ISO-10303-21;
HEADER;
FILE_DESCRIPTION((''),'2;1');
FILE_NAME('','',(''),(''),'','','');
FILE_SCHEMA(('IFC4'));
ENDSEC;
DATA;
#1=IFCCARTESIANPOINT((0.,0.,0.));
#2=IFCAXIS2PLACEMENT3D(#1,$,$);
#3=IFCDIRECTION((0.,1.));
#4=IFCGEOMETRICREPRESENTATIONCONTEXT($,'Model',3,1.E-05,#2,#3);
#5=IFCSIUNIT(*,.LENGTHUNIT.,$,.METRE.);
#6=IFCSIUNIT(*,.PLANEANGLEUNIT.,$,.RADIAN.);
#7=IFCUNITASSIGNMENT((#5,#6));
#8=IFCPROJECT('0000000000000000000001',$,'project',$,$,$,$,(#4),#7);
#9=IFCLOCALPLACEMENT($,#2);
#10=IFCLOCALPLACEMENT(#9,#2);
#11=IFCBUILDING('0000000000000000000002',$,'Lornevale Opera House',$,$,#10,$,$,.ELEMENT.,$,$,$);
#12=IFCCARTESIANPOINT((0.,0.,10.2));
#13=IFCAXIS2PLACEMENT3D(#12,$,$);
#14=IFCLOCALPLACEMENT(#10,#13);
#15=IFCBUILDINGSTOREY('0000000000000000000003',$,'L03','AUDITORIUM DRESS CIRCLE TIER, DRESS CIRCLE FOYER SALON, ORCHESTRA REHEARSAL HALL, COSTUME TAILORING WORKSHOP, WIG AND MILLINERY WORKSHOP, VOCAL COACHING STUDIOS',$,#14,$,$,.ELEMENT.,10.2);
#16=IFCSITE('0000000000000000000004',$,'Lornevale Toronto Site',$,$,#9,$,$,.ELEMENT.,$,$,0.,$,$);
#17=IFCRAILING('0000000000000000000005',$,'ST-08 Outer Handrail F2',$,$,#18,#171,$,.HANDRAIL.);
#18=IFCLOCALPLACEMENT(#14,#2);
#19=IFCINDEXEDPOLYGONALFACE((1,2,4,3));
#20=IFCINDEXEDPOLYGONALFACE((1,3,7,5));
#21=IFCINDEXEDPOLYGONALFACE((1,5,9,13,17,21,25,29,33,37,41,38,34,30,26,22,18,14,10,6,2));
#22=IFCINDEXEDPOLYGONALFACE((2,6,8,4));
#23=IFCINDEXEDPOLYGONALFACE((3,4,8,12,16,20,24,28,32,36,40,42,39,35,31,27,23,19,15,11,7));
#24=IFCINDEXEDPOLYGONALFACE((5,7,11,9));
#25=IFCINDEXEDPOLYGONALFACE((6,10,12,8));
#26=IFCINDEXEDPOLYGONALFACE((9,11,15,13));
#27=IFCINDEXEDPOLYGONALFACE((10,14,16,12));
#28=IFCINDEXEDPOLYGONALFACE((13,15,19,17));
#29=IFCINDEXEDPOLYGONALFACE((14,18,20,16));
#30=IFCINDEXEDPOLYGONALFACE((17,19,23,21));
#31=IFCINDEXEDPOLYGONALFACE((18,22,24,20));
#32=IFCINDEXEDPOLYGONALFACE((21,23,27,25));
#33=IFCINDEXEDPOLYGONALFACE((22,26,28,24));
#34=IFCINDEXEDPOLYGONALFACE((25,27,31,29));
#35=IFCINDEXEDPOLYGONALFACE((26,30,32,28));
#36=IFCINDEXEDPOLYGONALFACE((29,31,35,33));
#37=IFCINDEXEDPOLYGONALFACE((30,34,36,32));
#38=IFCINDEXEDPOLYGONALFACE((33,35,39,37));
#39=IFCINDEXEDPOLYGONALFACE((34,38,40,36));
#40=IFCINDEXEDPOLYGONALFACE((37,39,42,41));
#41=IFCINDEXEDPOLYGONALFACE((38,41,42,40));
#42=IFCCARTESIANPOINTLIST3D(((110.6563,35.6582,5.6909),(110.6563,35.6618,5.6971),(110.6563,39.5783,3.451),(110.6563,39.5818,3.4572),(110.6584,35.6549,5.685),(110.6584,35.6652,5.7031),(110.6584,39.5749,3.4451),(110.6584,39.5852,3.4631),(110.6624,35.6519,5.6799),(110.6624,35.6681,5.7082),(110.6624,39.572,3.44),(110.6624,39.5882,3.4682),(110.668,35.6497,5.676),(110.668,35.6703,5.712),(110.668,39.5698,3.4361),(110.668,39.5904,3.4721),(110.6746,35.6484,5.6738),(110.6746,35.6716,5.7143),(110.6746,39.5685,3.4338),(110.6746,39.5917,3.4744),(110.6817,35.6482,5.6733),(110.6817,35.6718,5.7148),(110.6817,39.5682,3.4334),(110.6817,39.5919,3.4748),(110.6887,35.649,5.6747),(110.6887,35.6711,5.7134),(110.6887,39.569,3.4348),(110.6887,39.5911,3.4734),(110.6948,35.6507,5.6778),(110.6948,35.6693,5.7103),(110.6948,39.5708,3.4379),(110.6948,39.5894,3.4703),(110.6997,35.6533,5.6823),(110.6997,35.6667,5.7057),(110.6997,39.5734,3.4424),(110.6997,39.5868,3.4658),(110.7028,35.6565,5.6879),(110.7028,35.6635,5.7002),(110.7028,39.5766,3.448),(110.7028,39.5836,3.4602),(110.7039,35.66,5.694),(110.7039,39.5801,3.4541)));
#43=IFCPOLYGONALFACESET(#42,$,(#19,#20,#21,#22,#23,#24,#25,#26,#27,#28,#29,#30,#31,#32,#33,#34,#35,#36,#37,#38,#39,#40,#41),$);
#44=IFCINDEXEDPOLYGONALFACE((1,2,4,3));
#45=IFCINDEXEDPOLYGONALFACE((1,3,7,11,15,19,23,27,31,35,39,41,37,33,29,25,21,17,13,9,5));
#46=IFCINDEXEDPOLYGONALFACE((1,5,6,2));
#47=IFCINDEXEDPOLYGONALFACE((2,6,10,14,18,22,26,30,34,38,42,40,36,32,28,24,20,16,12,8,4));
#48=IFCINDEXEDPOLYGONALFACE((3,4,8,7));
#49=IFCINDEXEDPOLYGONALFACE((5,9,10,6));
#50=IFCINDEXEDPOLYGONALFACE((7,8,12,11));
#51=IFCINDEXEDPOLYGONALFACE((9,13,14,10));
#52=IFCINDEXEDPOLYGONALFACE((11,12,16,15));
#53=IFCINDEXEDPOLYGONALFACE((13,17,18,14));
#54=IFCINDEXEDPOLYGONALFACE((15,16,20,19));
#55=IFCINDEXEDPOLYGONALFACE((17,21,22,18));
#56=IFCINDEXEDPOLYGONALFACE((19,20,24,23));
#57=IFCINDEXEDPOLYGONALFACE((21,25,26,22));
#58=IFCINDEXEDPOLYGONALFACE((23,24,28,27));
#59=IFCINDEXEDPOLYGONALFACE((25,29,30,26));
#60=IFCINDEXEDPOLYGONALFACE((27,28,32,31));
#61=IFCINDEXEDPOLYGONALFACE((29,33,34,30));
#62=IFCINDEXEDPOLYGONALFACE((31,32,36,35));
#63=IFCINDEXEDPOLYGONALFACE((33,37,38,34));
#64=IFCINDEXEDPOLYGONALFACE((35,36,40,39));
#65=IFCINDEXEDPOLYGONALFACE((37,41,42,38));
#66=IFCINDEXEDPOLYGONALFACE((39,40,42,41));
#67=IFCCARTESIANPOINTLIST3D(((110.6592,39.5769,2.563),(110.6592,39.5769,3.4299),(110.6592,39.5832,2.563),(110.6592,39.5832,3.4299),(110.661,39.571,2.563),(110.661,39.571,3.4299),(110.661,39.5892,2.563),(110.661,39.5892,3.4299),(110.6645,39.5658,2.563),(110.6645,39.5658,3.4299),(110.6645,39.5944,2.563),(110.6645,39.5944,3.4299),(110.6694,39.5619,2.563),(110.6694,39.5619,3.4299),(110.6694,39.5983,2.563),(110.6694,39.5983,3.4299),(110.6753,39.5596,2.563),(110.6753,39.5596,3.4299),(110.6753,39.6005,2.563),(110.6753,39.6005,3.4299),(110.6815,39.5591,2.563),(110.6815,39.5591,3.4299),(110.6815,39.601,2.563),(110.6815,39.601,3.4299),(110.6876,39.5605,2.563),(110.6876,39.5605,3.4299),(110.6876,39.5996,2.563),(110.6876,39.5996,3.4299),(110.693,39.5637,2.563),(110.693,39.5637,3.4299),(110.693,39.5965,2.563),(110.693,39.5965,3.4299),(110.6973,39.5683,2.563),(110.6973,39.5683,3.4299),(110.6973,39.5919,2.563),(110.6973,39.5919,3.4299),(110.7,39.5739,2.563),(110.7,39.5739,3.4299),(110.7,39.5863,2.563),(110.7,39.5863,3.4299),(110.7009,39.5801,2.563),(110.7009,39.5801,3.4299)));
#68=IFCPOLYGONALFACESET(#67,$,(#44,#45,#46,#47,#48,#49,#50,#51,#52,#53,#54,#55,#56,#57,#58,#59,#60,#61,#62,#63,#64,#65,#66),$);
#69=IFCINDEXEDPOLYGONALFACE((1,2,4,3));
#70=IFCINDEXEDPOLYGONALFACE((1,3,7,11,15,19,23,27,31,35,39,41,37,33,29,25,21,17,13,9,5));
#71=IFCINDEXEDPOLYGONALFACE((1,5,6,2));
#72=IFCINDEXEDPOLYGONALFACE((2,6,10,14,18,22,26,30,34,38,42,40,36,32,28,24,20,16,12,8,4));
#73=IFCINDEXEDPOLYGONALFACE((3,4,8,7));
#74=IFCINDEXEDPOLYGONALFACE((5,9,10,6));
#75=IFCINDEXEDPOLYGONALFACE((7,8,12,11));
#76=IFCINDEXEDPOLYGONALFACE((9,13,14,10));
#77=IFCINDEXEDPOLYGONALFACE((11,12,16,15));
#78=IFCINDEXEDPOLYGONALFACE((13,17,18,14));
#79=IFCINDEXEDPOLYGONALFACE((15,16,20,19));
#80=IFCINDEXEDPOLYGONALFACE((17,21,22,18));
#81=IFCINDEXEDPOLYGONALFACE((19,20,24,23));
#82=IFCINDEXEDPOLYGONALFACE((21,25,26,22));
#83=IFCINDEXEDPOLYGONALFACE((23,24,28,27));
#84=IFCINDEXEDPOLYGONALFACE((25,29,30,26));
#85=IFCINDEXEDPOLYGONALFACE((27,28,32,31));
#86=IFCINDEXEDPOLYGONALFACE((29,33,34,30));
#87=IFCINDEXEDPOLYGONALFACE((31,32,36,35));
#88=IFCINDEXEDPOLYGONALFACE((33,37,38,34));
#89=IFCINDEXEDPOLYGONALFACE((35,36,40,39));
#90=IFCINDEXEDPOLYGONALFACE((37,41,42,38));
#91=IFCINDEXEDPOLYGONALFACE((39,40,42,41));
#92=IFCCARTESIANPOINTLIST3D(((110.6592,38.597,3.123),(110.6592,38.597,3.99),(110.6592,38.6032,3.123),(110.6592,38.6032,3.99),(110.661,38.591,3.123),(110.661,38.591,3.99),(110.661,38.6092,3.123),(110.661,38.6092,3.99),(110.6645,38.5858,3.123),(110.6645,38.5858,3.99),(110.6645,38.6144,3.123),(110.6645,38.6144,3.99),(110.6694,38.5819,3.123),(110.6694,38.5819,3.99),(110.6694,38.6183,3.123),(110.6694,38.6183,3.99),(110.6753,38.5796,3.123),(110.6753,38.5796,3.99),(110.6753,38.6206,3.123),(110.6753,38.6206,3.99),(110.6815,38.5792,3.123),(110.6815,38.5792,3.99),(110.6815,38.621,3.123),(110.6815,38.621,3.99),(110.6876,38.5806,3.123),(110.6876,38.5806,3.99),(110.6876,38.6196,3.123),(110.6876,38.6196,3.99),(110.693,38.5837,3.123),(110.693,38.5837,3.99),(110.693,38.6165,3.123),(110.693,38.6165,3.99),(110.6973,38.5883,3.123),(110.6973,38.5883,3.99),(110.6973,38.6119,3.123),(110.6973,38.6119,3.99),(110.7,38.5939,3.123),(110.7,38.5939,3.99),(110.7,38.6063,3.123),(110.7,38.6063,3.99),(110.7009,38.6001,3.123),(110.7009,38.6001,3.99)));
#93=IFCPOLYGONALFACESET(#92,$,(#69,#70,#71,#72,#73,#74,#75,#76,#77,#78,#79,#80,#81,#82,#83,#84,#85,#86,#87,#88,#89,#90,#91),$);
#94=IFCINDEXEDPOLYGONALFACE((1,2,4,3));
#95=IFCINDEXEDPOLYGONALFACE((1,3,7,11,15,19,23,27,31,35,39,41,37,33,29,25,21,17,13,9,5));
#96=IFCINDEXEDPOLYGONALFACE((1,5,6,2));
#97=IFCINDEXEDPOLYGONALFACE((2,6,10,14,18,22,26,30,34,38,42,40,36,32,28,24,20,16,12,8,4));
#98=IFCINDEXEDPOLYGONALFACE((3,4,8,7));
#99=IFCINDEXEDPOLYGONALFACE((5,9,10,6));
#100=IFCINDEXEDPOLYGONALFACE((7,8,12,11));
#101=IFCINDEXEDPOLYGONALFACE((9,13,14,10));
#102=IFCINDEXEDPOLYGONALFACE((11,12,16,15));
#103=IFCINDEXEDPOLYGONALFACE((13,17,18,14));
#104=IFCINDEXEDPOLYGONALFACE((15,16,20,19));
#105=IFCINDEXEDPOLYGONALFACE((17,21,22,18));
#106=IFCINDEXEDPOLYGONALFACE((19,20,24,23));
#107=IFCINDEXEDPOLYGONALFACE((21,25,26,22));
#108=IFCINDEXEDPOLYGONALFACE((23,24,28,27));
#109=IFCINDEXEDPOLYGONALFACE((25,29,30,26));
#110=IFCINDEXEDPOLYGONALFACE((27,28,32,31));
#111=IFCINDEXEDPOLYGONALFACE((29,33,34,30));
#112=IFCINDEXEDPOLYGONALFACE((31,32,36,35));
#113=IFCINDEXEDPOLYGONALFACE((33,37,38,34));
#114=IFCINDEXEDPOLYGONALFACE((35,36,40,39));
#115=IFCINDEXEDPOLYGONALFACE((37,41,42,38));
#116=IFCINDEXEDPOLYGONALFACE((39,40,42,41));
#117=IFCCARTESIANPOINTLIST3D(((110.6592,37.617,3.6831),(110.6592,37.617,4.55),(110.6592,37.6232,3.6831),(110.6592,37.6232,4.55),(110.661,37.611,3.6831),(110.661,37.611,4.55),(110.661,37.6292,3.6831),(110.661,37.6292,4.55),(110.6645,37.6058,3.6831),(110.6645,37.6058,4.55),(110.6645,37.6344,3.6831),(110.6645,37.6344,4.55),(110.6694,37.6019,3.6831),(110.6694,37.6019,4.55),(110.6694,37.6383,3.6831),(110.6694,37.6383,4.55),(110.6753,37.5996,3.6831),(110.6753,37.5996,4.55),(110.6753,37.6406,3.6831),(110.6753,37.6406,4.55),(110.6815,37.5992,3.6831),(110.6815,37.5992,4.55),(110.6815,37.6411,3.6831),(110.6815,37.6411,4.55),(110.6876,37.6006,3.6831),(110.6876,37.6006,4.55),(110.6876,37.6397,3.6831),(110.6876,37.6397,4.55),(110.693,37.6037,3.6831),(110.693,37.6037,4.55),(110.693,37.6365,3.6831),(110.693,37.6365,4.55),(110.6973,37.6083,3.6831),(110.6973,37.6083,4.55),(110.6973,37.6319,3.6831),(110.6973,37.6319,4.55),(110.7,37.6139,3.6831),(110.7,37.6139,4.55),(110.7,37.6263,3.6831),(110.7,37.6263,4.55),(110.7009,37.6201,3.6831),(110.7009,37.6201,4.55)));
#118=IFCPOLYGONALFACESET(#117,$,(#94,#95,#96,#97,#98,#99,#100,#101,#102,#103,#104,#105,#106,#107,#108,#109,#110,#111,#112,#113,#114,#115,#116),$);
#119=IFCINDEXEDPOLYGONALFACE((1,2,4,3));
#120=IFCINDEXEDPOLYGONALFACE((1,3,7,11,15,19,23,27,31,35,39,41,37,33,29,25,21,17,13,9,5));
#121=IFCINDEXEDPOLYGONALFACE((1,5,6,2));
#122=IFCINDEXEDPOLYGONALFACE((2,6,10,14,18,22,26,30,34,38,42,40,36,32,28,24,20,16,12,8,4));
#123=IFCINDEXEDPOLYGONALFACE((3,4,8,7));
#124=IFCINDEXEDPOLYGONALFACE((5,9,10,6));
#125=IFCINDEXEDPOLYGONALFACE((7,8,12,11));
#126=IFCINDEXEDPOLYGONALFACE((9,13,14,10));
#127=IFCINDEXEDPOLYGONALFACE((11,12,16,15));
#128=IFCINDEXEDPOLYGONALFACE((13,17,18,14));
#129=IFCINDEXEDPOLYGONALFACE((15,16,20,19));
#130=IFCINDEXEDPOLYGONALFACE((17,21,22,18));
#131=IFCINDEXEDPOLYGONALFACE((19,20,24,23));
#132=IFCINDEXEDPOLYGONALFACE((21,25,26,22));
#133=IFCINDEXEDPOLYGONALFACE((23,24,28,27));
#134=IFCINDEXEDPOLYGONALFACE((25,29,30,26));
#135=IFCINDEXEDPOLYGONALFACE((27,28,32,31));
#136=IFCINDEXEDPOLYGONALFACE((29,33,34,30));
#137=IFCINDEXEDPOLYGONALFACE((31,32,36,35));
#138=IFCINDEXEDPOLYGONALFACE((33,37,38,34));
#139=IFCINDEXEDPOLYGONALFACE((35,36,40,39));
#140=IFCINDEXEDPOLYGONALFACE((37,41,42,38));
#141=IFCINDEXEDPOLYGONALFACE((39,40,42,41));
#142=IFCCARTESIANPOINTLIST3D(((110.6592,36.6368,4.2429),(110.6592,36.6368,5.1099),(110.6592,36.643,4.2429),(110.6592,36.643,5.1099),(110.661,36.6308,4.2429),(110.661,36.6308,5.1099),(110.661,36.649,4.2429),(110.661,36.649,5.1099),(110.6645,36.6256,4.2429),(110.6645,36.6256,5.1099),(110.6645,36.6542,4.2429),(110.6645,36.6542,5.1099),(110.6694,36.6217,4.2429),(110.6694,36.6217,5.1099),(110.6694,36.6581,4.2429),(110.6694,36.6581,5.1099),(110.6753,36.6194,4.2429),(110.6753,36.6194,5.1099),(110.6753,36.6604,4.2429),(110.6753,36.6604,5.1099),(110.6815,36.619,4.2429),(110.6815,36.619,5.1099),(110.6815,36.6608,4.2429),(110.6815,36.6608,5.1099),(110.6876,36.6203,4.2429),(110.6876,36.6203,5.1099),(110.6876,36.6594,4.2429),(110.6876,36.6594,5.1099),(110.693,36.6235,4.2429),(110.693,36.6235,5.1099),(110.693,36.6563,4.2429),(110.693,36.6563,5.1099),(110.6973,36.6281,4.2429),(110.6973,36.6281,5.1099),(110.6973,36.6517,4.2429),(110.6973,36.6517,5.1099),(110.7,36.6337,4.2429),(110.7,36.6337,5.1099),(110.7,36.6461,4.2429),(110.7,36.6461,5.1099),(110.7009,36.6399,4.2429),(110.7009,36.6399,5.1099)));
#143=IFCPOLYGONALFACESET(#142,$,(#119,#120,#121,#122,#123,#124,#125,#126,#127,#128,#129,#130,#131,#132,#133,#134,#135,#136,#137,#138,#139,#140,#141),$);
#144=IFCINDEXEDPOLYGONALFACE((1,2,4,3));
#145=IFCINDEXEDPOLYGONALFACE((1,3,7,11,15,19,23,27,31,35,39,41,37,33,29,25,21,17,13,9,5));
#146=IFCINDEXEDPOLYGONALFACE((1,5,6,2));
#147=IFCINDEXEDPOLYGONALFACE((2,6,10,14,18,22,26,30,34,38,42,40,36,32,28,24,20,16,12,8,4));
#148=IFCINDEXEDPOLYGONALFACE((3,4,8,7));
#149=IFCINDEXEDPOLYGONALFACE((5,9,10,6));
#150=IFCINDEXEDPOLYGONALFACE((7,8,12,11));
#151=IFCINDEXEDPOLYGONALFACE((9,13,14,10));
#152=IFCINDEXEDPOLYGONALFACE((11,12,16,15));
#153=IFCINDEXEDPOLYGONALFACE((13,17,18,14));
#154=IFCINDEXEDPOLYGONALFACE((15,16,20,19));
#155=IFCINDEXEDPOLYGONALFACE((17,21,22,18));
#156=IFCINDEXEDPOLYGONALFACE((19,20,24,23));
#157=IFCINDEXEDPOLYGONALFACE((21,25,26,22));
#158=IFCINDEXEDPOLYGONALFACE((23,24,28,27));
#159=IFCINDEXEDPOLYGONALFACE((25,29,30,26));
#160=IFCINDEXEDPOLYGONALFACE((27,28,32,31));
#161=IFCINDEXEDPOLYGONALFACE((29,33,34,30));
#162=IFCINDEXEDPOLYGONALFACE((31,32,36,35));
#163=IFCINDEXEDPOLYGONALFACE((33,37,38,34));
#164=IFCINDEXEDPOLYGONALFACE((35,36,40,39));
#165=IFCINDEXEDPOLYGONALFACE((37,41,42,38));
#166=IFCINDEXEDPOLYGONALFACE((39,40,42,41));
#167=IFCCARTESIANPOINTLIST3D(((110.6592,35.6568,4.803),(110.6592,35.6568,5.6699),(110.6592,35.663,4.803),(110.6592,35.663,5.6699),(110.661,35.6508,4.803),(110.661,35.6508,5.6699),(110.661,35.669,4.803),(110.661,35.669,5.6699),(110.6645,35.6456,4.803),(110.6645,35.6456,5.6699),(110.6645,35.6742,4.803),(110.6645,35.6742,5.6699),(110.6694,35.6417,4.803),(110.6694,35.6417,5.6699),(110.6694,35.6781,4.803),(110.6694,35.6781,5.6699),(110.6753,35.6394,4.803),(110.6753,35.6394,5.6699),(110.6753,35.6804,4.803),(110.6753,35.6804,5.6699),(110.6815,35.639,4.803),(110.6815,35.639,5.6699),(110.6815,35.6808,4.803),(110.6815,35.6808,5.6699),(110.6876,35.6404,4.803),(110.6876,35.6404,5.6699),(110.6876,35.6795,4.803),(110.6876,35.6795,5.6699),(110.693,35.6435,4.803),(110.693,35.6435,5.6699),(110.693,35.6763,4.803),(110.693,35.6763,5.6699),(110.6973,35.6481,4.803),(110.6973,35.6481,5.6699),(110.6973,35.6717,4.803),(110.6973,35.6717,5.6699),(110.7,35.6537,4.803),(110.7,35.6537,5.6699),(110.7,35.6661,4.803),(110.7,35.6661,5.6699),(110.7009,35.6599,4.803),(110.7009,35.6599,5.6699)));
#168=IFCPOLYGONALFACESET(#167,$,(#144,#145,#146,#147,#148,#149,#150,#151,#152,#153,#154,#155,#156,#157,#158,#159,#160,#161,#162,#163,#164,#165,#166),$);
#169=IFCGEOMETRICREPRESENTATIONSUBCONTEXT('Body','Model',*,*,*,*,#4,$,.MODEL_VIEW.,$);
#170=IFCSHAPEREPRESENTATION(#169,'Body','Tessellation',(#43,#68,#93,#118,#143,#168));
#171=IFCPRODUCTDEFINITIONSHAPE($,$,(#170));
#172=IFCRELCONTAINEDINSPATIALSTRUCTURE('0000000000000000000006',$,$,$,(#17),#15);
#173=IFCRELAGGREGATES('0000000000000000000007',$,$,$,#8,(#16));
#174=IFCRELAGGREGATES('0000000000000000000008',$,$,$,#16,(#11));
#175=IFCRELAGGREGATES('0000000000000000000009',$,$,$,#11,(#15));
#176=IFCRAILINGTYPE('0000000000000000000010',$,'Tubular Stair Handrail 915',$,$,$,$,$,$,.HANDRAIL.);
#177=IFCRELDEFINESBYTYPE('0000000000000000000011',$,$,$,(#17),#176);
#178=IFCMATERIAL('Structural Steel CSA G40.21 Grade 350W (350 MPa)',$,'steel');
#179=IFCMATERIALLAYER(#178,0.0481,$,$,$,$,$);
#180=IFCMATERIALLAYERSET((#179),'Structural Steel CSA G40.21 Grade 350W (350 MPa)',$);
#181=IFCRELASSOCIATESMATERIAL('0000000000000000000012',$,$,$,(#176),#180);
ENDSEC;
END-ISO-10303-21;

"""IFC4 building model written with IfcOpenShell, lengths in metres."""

from ifc_helpers import new_model, si_unit, direction, frame, origin, origin_2d, place, context, subcontext, project, spatial, circle, extrude, material, layer, layer_set, type_object, element, save


model = new_model("IFC4")

# Units and contexts
model_context = context("Model", 3, precision=1e-05, world=origin(), true_north=direction((0.0, 1.0)))
body_context = subcontext(model_context, "Body", "Model", "MODEL_VIEW")
ifc_project = project(units=[si_unit("LENGTHUNIT", "METRE"), si_unit("PLANEANGLEUNIT", "RADIAN")], contexts=[model_context])

# Site, building, storey
site_placement = place(None, origin())
site = spatial("IfcSite", under=ifc_project, at=site_placement, Name="Lornevale Toronto Site", CompositionType="ELEMENT", RefElevation=0.0)
building_placement = place(site_placement, origin())
building = spatial("IfcBuilding", under=site, at=building_placement, Name="Lornevale Opera House", CompositionType="ELEMENT")
storey_placement = place(building_placement, frame((0.0, 0.0, 10.2)))
storey = spatial("IfcBuildingStorey", under=building, at=storey_placement, Name="L03", Description="AUDITORIUM DRESS CIRCLE TIER, DRESS CIRCLE FOYER SALON, ORCHESTRA REHEARSAL HALL, COSTUME TAILORING WORKSHOP, WIG AND MILLINERY WORKSHOP, VOCAL COACHING STUDIOS", CompositionType="ELEMENT", Elevation=10.2)

# Shared definitions
ifc_material_1 = material(Name="Structural Steel CSA G40.21 Grade 350W (350 MPa)", Category="steel")

# Railing
ifc_layer_1 = layer(ifc_material_1, 0.0481)
ifc_layer_set_1 = layer_set([ifc_layer_1], Name="Structural Steel CSA G40.21 Grade 350W (350 MPa)")
railing_type_1 = type_object("IfcRailingType", Name="Tubular Stair Handrail 915", PredefinedType="HANDRAIL", material=ifc_layer_set_1)
railing_1_placement = place(storey_placement, frame((110.6799, 39.5801, 2.563)))
element("IfcRailing", 1, at=railing_1_placement, inside=storey, type_object=railing_type_1, Name="ST-08 Outer Handrail F2", PredefinedType="HANDRAIL", context=body_context, shape_type="SweptSolid", body=[
    extrude(circle(Radius=0.0239, at=origin_2d()), frame((0.0, 0.0, 0.8911), z_axis=(0.0, -0.868253, 0.496121), x_axis=(1.0, 0.0, 0.0)), (0.0, 0.0, 1.0), 4.5149),
    extrude(circle(Radius=0.021, at=origin_2d()), origin(), (0.0, 0.0, 1.0), 0.8669),
    extrude(circle(Radius=0.021, at=origin_2d()), frame((0.0, -0.98, 0.5601)), (0.0, 0.0, 1.0), 0.8669),
    extrude(circle(Radius=0.021, at=origin_2d()), frame((0.0, -1.96, 1.1201)), (0.0, 0.0, 1.0), 0.8669),
    extrude(circle(Radius=0.021, at=origin_2d()), frame((0.0, -2.9402, 1.6799)), (0.0, 0.0, 1.0), 0.8669),
    extrude(circle(Radius=0.021, at=origin_2d()), frame((0.0, -3.9202, 2.24)), (0.0, 0.0, 1.0), 0.8669),
])

save(model, "model.ifc")
